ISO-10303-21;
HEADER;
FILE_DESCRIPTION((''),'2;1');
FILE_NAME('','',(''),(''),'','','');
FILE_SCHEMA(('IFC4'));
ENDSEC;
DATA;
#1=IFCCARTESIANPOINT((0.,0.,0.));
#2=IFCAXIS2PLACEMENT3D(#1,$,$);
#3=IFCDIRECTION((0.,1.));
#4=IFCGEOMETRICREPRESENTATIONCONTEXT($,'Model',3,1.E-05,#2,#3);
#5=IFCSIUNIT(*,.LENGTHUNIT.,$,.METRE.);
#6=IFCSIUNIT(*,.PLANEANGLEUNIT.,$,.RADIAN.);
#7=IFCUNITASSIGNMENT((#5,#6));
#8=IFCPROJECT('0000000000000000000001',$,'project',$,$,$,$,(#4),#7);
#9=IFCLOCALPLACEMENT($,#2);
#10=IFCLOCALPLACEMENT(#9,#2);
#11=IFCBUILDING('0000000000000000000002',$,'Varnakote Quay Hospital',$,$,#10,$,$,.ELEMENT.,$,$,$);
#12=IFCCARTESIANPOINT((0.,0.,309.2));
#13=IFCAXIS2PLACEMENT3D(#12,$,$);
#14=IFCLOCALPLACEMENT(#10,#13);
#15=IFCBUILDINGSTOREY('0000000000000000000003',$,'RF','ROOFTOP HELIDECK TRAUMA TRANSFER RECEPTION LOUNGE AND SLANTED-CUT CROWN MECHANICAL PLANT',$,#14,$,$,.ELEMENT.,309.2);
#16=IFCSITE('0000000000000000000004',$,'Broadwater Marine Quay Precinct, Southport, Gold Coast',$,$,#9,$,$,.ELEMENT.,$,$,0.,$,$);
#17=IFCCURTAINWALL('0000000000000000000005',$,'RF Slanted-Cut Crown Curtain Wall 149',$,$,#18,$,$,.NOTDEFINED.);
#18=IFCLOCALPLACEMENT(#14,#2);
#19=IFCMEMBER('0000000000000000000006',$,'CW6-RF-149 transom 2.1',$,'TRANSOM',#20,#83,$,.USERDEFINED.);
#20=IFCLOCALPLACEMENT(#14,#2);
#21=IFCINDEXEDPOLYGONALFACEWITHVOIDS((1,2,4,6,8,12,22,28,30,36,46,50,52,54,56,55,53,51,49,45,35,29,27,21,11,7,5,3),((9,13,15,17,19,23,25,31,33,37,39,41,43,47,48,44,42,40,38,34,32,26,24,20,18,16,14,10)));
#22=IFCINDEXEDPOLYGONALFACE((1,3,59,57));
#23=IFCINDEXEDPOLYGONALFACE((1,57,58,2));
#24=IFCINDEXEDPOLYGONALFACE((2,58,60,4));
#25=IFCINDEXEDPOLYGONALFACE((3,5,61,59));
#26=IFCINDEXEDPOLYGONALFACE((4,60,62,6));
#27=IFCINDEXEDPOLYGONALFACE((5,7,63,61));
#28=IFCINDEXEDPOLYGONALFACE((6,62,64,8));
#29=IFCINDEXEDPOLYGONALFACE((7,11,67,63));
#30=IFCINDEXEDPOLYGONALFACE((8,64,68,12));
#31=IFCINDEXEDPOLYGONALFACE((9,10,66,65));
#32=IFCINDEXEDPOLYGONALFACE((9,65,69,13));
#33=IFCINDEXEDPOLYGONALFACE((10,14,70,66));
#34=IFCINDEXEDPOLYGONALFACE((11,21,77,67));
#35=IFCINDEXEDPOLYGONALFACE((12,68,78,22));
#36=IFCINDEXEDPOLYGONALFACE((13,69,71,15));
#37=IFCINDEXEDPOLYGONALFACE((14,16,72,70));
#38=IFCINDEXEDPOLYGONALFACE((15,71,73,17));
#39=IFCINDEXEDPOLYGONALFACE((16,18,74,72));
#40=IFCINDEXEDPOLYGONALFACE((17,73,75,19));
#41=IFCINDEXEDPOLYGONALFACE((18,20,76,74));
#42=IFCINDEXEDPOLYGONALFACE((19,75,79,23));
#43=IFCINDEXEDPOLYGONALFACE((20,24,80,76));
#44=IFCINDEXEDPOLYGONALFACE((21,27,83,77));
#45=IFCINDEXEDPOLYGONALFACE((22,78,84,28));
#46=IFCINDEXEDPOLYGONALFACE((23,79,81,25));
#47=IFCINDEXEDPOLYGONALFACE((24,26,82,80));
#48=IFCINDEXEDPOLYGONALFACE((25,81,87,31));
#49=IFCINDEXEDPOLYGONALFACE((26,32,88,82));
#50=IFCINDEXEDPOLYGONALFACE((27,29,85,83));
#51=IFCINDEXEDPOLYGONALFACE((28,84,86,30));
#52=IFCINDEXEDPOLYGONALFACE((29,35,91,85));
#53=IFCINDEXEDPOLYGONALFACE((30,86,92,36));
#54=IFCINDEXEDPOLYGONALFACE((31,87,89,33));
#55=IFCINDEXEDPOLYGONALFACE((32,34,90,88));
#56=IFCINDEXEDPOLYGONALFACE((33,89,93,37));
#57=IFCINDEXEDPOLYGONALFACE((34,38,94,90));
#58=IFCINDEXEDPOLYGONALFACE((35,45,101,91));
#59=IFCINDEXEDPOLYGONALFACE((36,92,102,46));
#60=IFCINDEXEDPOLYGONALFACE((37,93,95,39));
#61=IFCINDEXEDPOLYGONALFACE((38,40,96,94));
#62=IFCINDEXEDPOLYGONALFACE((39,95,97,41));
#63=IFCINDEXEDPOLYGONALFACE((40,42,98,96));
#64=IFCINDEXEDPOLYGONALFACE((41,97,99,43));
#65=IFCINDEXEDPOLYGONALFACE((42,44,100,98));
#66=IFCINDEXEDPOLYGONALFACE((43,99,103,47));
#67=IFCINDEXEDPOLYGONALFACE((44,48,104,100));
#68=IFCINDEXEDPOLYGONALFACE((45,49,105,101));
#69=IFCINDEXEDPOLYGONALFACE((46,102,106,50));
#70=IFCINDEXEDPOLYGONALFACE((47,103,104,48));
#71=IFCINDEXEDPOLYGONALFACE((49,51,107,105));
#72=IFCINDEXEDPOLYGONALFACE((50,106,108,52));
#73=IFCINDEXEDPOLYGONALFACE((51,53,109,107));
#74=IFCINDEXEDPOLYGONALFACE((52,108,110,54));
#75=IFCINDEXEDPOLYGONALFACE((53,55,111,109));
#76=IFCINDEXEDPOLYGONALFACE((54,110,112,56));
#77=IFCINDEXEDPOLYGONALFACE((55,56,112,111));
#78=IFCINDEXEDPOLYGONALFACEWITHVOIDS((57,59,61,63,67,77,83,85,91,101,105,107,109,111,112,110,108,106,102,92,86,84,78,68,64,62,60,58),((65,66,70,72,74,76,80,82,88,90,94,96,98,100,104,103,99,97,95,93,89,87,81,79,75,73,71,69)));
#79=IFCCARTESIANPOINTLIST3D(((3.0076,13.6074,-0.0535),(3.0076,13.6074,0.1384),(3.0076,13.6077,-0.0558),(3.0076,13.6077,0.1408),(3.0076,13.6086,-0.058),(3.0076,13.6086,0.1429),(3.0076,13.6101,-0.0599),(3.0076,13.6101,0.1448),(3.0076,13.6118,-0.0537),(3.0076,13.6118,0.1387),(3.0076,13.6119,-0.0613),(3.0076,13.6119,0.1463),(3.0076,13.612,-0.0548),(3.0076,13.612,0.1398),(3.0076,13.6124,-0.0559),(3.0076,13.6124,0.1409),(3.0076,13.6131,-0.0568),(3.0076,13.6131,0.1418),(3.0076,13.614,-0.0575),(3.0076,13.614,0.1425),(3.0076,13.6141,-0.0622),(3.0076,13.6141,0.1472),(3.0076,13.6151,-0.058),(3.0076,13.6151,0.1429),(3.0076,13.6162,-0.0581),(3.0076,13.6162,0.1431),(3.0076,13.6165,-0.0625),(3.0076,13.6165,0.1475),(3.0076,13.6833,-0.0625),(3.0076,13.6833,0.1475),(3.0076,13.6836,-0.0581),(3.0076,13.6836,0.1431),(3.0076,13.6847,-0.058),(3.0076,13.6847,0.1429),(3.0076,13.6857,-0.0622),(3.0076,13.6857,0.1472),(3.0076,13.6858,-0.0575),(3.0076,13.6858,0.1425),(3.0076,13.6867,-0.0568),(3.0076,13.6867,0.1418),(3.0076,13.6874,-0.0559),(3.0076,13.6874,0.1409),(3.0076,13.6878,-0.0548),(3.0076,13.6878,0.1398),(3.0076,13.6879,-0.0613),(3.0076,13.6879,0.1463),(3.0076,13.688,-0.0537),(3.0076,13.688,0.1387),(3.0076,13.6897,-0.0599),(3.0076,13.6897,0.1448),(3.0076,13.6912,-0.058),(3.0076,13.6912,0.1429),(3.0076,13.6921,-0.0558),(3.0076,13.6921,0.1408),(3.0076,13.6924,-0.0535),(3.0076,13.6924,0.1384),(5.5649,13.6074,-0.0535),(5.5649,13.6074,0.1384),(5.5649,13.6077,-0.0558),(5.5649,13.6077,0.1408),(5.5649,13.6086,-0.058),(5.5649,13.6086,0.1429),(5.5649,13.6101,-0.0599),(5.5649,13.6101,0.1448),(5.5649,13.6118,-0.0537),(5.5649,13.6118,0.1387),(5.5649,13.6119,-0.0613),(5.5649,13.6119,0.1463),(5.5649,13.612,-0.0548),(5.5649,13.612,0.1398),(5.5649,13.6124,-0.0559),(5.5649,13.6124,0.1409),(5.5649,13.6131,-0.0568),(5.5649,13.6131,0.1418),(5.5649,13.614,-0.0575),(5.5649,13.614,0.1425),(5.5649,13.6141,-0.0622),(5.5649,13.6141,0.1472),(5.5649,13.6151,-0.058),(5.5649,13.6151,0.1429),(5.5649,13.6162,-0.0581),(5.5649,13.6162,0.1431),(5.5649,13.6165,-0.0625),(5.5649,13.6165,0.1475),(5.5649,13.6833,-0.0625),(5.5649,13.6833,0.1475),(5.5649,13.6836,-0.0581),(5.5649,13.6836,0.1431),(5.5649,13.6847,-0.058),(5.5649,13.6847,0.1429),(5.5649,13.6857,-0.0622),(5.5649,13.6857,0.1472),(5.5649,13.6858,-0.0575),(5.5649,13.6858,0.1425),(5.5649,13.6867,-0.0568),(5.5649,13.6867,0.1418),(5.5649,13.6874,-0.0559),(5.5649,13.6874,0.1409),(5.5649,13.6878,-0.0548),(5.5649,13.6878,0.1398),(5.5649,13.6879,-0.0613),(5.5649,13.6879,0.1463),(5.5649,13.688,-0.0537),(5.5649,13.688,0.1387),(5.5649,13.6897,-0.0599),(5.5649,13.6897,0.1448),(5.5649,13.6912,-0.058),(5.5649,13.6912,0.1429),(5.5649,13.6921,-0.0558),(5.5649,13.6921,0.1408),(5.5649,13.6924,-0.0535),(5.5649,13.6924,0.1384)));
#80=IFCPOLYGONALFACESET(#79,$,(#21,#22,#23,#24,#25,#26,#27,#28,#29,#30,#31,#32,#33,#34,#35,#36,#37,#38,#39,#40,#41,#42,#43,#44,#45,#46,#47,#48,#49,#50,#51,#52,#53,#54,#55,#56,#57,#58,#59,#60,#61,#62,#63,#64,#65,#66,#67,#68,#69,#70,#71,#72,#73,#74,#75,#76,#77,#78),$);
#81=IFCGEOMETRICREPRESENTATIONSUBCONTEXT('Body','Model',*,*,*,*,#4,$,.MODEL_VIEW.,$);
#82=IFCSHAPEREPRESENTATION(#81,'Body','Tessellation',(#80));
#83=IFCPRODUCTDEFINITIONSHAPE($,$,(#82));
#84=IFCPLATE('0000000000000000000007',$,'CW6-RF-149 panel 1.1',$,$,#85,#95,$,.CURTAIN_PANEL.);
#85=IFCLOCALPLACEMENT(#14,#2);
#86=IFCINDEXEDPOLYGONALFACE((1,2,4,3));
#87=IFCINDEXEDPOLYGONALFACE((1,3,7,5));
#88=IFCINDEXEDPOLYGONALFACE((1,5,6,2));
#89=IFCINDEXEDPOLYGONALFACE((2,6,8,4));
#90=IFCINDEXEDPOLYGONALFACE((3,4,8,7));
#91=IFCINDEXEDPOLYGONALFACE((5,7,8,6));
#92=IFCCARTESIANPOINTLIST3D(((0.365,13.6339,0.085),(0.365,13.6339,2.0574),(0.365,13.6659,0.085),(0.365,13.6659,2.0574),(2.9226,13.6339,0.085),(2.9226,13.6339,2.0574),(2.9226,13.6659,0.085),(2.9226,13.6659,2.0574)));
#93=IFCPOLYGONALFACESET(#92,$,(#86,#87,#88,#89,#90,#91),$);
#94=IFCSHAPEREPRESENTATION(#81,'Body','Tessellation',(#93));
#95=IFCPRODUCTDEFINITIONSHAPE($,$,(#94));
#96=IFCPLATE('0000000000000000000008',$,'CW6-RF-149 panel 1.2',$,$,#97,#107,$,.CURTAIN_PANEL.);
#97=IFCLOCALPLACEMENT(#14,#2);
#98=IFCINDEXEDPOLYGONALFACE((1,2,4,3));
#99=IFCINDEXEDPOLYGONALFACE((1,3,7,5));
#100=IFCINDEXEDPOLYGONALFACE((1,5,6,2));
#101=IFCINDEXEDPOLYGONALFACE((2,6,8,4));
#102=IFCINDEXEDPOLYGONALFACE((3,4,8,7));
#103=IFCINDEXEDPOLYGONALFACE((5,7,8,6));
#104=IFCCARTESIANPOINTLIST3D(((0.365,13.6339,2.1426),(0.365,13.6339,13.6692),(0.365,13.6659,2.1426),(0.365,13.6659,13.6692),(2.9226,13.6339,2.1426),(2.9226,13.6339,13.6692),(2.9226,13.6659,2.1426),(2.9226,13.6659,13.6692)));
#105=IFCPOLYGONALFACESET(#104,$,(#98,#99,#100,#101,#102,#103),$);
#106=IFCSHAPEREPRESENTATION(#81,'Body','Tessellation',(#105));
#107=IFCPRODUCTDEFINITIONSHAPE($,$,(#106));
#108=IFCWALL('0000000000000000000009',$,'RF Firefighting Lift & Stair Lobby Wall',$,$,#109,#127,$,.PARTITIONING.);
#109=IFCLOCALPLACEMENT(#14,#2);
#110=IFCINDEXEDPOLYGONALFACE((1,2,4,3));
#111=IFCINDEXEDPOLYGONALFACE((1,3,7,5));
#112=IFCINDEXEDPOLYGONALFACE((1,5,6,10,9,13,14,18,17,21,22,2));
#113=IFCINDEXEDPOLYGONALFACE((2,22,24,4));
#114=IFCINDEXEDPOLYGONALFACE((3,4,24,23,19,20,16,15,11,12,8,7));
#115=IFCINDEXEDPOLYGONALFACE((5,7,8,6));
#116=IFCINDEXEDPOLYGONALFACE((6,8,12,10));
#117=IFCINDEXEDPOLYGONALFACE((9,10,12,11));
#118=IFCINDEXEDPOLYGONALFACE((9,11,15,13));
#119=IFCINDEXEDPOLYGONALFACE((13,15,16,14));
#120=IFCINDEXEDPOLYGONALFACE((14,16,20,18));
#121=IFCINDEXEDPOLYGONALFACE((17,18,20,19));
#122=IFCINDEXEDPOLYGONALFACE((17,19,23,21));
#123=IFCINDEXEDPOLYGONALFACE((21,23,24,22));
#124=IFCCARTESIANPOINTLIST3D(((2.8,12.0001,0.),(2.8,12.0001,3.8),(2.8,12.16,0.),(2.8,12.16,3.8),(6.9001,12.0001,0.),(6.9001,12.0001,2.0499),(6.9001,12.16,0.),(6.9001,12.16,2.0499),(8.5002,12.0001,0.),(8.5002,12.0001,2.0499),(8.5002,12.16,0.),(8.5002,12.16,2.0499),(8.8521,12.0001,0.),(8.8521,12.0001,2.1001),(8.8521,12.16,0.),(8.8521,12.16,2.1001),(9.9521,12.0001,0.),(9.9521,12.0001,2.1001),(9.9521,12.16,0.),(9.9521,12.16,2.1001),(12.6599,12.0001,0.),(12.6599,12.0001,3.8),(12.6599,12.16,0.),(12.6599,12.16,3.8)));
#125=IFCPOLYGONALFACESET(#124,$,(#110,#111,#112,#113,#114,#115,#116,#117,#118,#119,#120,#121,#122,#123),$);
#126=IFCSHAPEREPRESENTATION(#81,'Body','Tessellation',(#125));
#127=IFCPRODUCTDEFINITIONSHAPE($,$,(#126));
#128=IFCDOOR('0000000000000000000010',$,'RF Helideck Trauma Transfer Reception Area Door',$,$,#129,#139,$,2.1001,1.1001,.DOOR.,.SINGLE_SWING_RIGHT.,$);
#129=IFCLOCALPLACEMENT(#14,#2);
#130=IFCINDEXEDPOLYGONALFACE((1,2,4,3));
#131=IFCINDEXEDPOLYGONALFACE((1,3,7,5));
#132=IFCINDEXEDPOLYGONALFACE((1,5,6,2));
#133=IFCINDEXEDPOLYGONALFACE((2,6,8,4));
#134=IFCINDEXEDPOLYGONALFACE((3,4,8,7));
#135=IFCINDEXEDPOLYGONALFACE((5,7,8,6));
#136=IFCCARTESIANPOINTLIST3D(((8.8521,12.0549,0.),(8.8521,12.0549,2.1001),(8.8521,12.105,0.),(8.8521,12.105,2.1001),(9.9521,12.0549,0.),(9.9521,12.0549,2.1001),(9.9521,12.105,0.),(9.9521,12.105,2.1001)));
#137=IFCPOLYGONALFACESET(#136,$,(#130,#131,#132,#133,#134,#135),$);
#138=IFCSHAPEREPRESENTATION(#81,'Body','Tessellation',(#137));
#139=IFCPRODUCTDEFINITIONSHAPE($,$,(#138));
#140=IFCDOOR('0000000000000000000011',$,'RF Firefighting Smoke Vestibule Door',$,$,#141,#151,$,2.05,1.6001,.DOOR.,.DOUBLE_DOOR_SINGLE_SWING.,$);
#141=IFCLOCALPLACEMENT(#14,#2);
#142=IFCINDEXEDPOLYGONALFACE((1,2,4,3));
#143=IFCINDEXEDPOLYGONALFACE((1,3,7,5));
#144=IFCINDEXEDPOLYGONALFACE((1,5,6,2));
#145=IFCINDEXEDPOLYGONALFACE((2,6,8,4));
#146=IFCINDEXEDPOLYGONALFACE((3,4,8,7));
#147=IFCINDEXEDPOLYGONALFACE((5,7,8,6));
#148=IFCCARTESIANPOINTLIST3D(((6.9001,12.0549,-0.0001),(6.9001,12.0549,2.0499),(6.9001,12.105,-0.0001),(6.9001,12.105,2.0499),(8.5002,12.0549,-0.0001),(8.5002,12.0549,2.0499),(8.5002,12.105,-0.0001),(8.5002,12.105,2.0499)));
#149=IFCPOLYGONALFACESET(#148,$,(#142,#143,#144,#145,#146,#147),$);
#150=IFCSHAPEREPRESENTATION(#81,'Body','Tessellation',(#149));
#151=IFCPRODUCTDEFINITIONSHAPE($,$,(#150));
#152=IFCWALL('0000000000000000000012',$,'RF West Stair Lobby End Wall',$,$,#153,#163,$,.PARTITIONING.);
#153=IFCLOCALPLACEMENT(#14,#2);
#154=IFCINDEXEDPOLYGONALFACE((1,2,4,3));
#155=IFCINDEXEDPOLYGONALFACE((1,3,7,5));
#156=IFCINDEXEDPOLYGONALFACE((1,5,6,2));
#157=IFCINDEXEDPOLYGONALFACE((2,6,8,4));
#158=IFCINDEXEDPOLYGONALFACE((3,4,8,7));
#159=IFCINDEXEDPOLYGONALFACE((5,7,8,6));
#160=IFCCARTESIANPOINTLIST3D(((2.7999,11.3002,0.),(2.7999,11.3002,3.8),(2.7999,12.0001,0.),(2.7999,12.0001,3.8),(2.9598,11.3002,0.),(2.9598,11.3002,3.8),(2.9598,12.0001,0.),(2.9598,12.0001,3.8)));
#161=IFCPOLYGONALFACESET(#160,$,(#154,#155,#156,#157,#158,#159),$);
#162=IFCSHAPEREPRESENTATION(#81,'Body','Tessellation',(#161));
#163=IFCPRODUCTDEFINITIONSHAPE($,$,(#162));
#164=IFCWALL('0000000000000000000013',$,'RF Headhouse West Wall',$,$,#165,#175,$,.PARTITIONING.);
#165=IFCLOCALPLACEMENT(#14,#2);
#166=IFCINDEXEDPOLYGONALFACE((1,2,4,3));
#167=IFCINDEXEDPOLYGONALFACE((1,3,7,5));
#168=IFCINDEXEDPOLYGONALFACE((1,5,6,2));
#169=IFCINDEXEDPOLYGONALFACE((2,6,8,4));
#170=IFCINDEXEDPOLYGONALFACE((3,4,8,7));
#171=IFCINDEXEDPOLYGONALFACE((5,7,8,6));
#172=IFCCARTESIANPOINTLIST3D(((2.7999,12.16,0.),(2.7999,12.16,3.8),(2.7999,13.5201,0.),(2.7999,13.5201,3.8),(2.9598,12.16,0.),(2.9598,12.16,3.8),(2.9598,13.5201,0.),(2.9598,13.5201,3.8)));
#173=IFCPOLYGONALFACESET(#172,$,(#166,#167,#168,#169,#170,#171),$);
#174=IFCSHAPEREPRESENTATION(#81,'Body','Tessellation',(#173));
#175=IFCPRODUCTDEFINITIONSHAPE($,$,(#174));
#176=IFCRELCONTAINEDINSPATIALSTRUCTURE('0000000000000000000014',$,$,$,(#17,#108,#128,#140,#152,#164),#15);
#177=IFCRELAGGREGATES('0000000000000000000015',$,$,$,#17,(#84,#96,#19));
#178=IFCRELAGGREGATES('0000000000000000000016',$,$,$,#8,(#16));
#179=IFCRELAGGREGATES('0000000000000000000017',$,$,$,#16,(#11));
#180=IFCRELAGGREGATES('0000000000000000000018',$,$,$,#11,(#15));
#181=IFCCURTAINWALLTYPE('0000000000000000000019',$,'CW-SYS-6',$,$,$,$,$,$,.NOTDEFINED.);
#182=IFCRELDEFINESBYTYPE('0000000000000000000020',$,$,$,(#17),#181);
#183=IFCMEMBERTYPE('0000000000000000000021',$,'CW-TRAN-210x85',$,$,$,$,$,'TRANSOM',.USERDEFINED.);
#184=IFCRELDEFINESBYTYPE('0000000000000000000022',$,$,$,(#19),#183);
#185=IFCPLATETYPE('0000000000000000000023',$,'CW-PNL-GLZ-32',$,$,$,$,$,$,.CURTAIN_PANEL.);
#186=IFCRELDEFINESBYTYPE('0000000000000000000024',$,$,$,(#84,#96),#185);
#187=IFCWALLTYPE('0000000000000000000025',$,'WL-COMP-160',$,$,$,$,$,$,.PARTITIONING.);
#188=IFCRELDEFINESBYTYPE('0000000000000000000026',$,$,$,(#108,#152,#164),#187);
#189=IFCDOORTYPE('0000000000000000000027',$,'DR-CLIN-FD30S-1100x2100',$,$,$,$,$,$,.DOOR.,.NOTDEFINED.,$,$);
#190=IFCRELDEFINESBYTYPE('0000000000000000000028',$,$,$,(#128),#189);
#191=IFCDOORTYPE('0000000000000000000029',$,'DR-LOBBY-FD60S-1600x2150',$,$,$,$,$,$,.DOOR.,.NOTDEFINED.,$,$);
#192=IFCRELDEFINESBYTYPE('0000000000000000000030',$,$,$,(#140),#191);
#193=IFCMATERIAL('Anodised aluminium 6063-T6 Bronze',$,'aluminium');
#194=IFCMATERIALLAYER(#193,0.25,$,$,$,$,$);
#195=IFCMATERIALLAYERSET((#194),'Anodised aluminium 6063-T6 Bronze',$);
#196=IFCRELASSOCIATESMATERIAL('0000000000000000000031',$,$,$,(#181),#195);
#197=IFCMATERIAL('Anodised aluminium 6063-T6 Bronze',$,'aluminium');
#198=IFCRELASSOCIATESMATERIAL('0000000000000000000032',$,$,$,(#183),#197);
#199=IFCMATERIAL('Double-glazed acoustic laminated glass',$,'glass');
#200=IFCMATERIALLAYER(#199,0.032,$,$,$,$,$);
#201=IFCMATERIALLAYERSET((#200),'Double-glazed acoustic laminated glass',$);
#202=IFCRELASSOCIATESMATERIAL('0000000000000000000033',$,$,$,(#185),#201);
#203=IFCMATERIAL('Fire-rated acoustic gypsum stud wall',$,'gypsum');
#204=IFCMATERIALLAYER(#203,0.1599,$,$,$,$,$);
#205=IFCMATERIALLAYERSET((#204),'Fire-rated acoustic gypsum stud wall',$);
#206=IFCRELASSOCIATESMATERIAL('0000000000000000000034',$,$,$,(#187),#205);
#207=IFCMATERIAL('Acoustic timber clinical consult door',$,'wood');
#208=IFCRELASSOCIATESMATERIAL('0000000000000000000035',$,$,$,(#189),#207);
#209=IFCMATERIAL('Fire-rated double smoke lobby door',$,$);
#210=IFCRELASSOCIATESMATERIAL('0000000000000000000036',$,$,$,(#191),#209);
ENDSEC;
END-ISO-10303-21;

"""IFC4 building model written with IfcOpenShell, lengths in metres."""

from ifc_helpers import new_model, si_unit, direction, frame, frame_2d, origin, origin_2d, place, context, subcontext, project, spatial, rectangle, hollow_rectangle, extrude, material, layer, layer_set, material_profile, profile_set, type_object, element, fill, aggregate, save


model = new_model("IFC4")

# Units and contexts
model_context = context("Model", 3, precision=1e-05, world=origin(), true_north=direction((0.0, 1.0)))
body_context = subcontext(model_context, "Body", "Model", "MODEL_VIEW")
ifc_project = project(units=[si_unit("LENGTHUNIT", "METRE"), si_unit("PLANEANGLEUNIT", "RADIAN")], contexts=[model_context])

# Site, building, storey
site_placement = place(None, origin())
site = spatial("IfcSite", under=ifc_project, at=site_placement, Name="Broadwater Marine Quay Precinct, Southport, Gold Coast", CompositionType="ELEMENT", RefElevation=0.0)
building_placement = place(site_placement, origin())
building = spatial("IfcBuilding", under=site, at=building_placement, Name="Varnakote Quay Hospital", CompositionType="ELEMENT")
storey_placement = place(building_placement, frame((0.0, 0.0, 309.2)))
storey = spatial("IfcBuildingStorey", under=building, at=storey_placement, Name="RF", Description="ROOFTOP HELIDECK TRAUMA TRANSFER RECEPTION LOUNGE AND SLANTED-CUT CROWN MECHANICAL PLANT", CompositionType="ELEMENT", Elevation=309.2)

# Curtain wall, member, plates
ifc_material_1 = material(Name="Anodised aluminium 6063-T6 Bronze", Category="aluminium")
ifc_layer_1 = layer(ifc_material_1, 0.25)
ifc_layer_set_1 = layer_set([ifc_layer_1], Name="Anodised aluminium 6063-T6 Bronze")
curtain_wall_type = type_object("IfcCurtainWallType", Name="CW-SYS-6", PredefinedType="NOTDEFINED", material=ifc_layer_set_1)
curtain_wall_placement = place(storey_placement, origin())
curtain_wall = element("IfcCurtainWall", 1, at=curtain_wall_placement, inside=storey, type_object=curtain_wall_type, Name="RF Slanted-Cut Crown Curtain Wall 149", PredefinedType="NOTDEFINED")
ifc_material_2 = material(Name="Anodised aluminium 6063-T6 Bronze", Category="aluminium")
ifc_material_profile_1 = material_profile(ifc_material_2, hollow_rectangle(XDim=0.085, YDim=0.21, WallThickness=0.0044, InnerFilletRadius=0.0044, OuterFilletRadius=0.009, at=origin_2d()), Name="CW-TRAN-210x85")
ifc_profile_set_1 = profile_set([ifc_material_profile_1], Name="Anodised aluminium 6063-T6 Bronze")
member_type_1 = type_object("IfcMemberType", Name="CW-TRAN-210x85", ElementType="TRANSOM", PredefinedType="USERDEFINED", material=ifc_profile_set_1)
member_1_placement = place(storey_placement, frame((3.0076, 13.6499, 0.0425), z_axis=(1.0, 0.0, 0.0), x_axis=(0.0, 1.0, 0.0)))
member_1 = element("IfcMember", 2, at=member_1_placement, type_object=member_type_1, Name="CW6-RF-149 transom 2.1", ObjectType="TRANSOM", PredefinedType="USERDEFINED", context=body_context, shape_type="SweptSolid", body=[
    extrude(hollow_rectangle(XDim=0.085, YDim=0.21, WallThickness=0.0044, InnerFilletRadius=0.0044, OuterFilletRadius=0.009, at=origin_2d()), origin(), (0.0, 0.0, 1.0), 2.5574),
])
ifc_material_3 = material(Name="Double-glazed acoustic laminated glass", Category="glass")
ifc_layer_2 = layer(ifc_material_3, 0.032)
ifc_layer_set_2 = layer_set([ifc_layer_2], Name="Double-glazed acoustic laminated glass")
plate_type = type_object("IfcPlateType", Name="CW-PNL-GLZ-32", PredefinedType="CURTAIN_PANEL", material=ifc_layer_set_2)
plate_1_placement = place(storey_placement, frame((1.6438, 13.6499, 0.085), z_axis=(0.0, 0.0, 1.0), x_axis=(1.0, 0.0, 0.0)))
plate_1 = element("IfcPlate", 3, at=plate_1_placement, type_object=plate_type, Name="CW6-RF-149 panel 1.1", PredefinedType="CURTAIN_PANEL", context=body_context, shape_type="SweptSolid", body=[
    extrude(rectangle(XDim=2.5576, YDim=0.032, at=origin_2d()), origin(), (0.0, 0.0, 1.0), 1.9724),
])
plate_2_placement = place(storey_placement, frame((1.6438, 13.6499, 2.1426), z_axis=(0.0, 0.0, 1.0), x_axis=(1.0, 0.0, 0.0)))
plate_2 = element("IfcPlate", 4, at=plate_2_placement, type_object=plate_type, Name="CW6-RF-149 panel 1.2", PredefinedType="CURTAIN_PANEL", context=body_context, shape_type="SweptSolid", body=[
    extrude(rectangle(XDim=2.5576, YDim=0.032, at=origin_2d()), origin(), (0.0, 0.0, 1.0), 11.5266),
])
aggregate(curtain_wall, [plate_1, plate_2, member_1])

# Wall, openings, doors
ifc_material_4 = material(Name="Fire-rated acoustic gypsum stud wall", Category="gypsum")
ifc_layer_3 = layer(ifc_material_4, 0.1599)
ifc_layer_set_3 = layer_set([ifc_layer_3], Name="Fire-rated acoustic gypsum stud wall")
wall_type_1 = type_object("IfcWallType", Name="WL-COMP-160", PredefinedType="PARTITIONING", material=ifc_layer_set_3)
wall_1_placement = place(storey_placement, frame((2.8, 12.0801, 0.0), z_axis=(0.0, 0.0, 1.0), x_axis=(1.0, 0.0, 0.0)))
wall_1 = element("IfcWall", 5, at=wall_1_placement, inside=storey, type_object=wall_type_1, Name="RF Firefighting Lift & Stair Lobby Wall", PredefinedType="PARTITIONING", context=body_context, shape_type="SweptSolid", body=[
    extrude(rectangle(XDim=9.8599, YDim=0.1599, at=frame_2d((4.9299, 0.0))), origin(), (0.0, 0.0, 1.0), 3.8),
])
opening_1_placement = place(wall_1_placement, frame((4.1001, 0.0, 0.0)))
opening_1 = element("IfcOpeningElement", 6, at=opening_1_placement, cuts=wall_1, PredefinedType="OPENING", context=body_context, shape_type="SweptSolid", body=[
    extrude(rectangle(XDim=1.6001, YDim=2.05, at=frame_2d((0.8, 1.0249))), frame((0.0, 0.0898, 0.0), z_axis=(0.0, -1.0, 0.0), x_axis=(1.0, 0.0, 0.0)), (0.0, 0.0, 1.0), 0.1799),
])
opening_2_placement = place(wall_1_placement, frame((6.052, 0.0, 0.0)))
opening_2 = element("IfcOpeningElement", 7, at=opening_2_placement, cuts=wall_1, PredefinedType="OPENING", context=body_context, shape_type="SweptSolid", body=[
    extrude(rectangle(XDim=1.1001, YDim=2.1001, at=frame_2d((0.55, 1.05))), frame((0.0, 0.0898, 0.0), z_axis=(0.0, -1.0, 0.0), x_axis=(1.0, 0.0, 0.0)), (0.0, 0.0, 1.0), 0.1799),
])
ifc_material_5 = material(Name="Acoustic timber clinical consult door", Category="wood")
door_type_1 = type_object("IfcDoorType", Name="DR-CLIN-FD30S-1100x2100", OperationType="NOTDEFINED", PredefinedType="DOOR", material=ifc_material_5)
door_1_placement = place(opening_2_placement, origin())
door_1 = element("IfcDoor", 8, at=door_1_placement, inside=storey, type_object=door_type_1, Name="RF Helideck Trauma Transfer Reception Area Door", OperationType="SINGLE_SWING_RIGHT", OverallHeight=2.1001, OverallWidth=1.1001, PredefinedType="DOOR", context=body_context, shape_type="SweptSolid", body=[
    extrude(rectangle(XDim=1.1001, YDim=2.1001, at=frame_2d((0.55, 1.05))), frame((0.0, 0.0249, 0.0), z_axis=(0.0, -1.0, 0.0), x_axis=(1.0, 0.0, 0.0)), (0.0, 0.0, 1.0), 0.05),
])
fill(opening_2, door_1)
ifc_material_6 = material(Name="Fire-rated double smoke lobby door")
door_type_2 = type_object("IfcDoorType", Name="DR-LOBBY-FD60S-1600x2150", OperationType="NOTDEFINED", PredefinedType="DOOR", material=ifc_material_6)
door_2_placement = place(opening_1_placement, origin())
door_2 = element("IfcDoor", 9, at=door_2_placement, inside=storey, type_object=door_type_2, Name="RF Firefighting Smoke Vestibule Door", OperationType="DOUBLE_DOOR_SINGLE_SWING", OverallHeight=2.05, OverallWidth=1.6001, PredefinedType="DOOR", context=body_context, shape_type="SweptSolid", body=[
    extrude(rectangle(XDim=1.6001, YDim=2.05, at=frame_2d((0.8, 1.0249))), frame((0.0, 0.0249, 0.0), z_axis=(0.0, -1.0, 0.0), x_axis=(1.0, 0.0, 0.0)), (0.0, 0.0, 1.0), 0.05),
])
fill(opening_1, door_2)

# Walls
wall_2_placement = place(storey_placement, frame((2.8799, 11.3, 0.0), z_axis=(0.0, 0.0, 1.0), x_axis=(0.0, 1.0, 0.0)))
element("IfcWall", 10, at=wall_2_placement, inside=storey, type_object=wall_type_1, Name="RF West Stair Lobby End Wall", PredefinedType="PARTITIONING", context=body_context, shape_type="SweptSolid", body=[
    extrude(rectangle(XDim=0.7, YDim=0.1599, at=frame_2d((0.3501, 0.0))), origin(), (0.0, 0.0, 1.0), 3.8),
])
wall_3_placement = place(storey_placement, frame((2.8799, 12.1599, 0.0), z_axis=(0.0, 0.0, 1.0), x_axis=(0.0, 1.0, 0.0)))
element("IfcWall", 11, at=wall_3_placement, inside=storey, type_object=wall_type_1, Name="RF Headhouse West Wall", PredefinedType="PARTITIONING", context=body_context, shape_type="SweptSolid", body=[
    extrude(rectangle(XDim=1.3601, YDim=0.1599, at=frame_2d((0.6802, 0.0))), origin(), (0.0, 0.0, 1.0), 3.8),
])

save(model, "model.ifc")
